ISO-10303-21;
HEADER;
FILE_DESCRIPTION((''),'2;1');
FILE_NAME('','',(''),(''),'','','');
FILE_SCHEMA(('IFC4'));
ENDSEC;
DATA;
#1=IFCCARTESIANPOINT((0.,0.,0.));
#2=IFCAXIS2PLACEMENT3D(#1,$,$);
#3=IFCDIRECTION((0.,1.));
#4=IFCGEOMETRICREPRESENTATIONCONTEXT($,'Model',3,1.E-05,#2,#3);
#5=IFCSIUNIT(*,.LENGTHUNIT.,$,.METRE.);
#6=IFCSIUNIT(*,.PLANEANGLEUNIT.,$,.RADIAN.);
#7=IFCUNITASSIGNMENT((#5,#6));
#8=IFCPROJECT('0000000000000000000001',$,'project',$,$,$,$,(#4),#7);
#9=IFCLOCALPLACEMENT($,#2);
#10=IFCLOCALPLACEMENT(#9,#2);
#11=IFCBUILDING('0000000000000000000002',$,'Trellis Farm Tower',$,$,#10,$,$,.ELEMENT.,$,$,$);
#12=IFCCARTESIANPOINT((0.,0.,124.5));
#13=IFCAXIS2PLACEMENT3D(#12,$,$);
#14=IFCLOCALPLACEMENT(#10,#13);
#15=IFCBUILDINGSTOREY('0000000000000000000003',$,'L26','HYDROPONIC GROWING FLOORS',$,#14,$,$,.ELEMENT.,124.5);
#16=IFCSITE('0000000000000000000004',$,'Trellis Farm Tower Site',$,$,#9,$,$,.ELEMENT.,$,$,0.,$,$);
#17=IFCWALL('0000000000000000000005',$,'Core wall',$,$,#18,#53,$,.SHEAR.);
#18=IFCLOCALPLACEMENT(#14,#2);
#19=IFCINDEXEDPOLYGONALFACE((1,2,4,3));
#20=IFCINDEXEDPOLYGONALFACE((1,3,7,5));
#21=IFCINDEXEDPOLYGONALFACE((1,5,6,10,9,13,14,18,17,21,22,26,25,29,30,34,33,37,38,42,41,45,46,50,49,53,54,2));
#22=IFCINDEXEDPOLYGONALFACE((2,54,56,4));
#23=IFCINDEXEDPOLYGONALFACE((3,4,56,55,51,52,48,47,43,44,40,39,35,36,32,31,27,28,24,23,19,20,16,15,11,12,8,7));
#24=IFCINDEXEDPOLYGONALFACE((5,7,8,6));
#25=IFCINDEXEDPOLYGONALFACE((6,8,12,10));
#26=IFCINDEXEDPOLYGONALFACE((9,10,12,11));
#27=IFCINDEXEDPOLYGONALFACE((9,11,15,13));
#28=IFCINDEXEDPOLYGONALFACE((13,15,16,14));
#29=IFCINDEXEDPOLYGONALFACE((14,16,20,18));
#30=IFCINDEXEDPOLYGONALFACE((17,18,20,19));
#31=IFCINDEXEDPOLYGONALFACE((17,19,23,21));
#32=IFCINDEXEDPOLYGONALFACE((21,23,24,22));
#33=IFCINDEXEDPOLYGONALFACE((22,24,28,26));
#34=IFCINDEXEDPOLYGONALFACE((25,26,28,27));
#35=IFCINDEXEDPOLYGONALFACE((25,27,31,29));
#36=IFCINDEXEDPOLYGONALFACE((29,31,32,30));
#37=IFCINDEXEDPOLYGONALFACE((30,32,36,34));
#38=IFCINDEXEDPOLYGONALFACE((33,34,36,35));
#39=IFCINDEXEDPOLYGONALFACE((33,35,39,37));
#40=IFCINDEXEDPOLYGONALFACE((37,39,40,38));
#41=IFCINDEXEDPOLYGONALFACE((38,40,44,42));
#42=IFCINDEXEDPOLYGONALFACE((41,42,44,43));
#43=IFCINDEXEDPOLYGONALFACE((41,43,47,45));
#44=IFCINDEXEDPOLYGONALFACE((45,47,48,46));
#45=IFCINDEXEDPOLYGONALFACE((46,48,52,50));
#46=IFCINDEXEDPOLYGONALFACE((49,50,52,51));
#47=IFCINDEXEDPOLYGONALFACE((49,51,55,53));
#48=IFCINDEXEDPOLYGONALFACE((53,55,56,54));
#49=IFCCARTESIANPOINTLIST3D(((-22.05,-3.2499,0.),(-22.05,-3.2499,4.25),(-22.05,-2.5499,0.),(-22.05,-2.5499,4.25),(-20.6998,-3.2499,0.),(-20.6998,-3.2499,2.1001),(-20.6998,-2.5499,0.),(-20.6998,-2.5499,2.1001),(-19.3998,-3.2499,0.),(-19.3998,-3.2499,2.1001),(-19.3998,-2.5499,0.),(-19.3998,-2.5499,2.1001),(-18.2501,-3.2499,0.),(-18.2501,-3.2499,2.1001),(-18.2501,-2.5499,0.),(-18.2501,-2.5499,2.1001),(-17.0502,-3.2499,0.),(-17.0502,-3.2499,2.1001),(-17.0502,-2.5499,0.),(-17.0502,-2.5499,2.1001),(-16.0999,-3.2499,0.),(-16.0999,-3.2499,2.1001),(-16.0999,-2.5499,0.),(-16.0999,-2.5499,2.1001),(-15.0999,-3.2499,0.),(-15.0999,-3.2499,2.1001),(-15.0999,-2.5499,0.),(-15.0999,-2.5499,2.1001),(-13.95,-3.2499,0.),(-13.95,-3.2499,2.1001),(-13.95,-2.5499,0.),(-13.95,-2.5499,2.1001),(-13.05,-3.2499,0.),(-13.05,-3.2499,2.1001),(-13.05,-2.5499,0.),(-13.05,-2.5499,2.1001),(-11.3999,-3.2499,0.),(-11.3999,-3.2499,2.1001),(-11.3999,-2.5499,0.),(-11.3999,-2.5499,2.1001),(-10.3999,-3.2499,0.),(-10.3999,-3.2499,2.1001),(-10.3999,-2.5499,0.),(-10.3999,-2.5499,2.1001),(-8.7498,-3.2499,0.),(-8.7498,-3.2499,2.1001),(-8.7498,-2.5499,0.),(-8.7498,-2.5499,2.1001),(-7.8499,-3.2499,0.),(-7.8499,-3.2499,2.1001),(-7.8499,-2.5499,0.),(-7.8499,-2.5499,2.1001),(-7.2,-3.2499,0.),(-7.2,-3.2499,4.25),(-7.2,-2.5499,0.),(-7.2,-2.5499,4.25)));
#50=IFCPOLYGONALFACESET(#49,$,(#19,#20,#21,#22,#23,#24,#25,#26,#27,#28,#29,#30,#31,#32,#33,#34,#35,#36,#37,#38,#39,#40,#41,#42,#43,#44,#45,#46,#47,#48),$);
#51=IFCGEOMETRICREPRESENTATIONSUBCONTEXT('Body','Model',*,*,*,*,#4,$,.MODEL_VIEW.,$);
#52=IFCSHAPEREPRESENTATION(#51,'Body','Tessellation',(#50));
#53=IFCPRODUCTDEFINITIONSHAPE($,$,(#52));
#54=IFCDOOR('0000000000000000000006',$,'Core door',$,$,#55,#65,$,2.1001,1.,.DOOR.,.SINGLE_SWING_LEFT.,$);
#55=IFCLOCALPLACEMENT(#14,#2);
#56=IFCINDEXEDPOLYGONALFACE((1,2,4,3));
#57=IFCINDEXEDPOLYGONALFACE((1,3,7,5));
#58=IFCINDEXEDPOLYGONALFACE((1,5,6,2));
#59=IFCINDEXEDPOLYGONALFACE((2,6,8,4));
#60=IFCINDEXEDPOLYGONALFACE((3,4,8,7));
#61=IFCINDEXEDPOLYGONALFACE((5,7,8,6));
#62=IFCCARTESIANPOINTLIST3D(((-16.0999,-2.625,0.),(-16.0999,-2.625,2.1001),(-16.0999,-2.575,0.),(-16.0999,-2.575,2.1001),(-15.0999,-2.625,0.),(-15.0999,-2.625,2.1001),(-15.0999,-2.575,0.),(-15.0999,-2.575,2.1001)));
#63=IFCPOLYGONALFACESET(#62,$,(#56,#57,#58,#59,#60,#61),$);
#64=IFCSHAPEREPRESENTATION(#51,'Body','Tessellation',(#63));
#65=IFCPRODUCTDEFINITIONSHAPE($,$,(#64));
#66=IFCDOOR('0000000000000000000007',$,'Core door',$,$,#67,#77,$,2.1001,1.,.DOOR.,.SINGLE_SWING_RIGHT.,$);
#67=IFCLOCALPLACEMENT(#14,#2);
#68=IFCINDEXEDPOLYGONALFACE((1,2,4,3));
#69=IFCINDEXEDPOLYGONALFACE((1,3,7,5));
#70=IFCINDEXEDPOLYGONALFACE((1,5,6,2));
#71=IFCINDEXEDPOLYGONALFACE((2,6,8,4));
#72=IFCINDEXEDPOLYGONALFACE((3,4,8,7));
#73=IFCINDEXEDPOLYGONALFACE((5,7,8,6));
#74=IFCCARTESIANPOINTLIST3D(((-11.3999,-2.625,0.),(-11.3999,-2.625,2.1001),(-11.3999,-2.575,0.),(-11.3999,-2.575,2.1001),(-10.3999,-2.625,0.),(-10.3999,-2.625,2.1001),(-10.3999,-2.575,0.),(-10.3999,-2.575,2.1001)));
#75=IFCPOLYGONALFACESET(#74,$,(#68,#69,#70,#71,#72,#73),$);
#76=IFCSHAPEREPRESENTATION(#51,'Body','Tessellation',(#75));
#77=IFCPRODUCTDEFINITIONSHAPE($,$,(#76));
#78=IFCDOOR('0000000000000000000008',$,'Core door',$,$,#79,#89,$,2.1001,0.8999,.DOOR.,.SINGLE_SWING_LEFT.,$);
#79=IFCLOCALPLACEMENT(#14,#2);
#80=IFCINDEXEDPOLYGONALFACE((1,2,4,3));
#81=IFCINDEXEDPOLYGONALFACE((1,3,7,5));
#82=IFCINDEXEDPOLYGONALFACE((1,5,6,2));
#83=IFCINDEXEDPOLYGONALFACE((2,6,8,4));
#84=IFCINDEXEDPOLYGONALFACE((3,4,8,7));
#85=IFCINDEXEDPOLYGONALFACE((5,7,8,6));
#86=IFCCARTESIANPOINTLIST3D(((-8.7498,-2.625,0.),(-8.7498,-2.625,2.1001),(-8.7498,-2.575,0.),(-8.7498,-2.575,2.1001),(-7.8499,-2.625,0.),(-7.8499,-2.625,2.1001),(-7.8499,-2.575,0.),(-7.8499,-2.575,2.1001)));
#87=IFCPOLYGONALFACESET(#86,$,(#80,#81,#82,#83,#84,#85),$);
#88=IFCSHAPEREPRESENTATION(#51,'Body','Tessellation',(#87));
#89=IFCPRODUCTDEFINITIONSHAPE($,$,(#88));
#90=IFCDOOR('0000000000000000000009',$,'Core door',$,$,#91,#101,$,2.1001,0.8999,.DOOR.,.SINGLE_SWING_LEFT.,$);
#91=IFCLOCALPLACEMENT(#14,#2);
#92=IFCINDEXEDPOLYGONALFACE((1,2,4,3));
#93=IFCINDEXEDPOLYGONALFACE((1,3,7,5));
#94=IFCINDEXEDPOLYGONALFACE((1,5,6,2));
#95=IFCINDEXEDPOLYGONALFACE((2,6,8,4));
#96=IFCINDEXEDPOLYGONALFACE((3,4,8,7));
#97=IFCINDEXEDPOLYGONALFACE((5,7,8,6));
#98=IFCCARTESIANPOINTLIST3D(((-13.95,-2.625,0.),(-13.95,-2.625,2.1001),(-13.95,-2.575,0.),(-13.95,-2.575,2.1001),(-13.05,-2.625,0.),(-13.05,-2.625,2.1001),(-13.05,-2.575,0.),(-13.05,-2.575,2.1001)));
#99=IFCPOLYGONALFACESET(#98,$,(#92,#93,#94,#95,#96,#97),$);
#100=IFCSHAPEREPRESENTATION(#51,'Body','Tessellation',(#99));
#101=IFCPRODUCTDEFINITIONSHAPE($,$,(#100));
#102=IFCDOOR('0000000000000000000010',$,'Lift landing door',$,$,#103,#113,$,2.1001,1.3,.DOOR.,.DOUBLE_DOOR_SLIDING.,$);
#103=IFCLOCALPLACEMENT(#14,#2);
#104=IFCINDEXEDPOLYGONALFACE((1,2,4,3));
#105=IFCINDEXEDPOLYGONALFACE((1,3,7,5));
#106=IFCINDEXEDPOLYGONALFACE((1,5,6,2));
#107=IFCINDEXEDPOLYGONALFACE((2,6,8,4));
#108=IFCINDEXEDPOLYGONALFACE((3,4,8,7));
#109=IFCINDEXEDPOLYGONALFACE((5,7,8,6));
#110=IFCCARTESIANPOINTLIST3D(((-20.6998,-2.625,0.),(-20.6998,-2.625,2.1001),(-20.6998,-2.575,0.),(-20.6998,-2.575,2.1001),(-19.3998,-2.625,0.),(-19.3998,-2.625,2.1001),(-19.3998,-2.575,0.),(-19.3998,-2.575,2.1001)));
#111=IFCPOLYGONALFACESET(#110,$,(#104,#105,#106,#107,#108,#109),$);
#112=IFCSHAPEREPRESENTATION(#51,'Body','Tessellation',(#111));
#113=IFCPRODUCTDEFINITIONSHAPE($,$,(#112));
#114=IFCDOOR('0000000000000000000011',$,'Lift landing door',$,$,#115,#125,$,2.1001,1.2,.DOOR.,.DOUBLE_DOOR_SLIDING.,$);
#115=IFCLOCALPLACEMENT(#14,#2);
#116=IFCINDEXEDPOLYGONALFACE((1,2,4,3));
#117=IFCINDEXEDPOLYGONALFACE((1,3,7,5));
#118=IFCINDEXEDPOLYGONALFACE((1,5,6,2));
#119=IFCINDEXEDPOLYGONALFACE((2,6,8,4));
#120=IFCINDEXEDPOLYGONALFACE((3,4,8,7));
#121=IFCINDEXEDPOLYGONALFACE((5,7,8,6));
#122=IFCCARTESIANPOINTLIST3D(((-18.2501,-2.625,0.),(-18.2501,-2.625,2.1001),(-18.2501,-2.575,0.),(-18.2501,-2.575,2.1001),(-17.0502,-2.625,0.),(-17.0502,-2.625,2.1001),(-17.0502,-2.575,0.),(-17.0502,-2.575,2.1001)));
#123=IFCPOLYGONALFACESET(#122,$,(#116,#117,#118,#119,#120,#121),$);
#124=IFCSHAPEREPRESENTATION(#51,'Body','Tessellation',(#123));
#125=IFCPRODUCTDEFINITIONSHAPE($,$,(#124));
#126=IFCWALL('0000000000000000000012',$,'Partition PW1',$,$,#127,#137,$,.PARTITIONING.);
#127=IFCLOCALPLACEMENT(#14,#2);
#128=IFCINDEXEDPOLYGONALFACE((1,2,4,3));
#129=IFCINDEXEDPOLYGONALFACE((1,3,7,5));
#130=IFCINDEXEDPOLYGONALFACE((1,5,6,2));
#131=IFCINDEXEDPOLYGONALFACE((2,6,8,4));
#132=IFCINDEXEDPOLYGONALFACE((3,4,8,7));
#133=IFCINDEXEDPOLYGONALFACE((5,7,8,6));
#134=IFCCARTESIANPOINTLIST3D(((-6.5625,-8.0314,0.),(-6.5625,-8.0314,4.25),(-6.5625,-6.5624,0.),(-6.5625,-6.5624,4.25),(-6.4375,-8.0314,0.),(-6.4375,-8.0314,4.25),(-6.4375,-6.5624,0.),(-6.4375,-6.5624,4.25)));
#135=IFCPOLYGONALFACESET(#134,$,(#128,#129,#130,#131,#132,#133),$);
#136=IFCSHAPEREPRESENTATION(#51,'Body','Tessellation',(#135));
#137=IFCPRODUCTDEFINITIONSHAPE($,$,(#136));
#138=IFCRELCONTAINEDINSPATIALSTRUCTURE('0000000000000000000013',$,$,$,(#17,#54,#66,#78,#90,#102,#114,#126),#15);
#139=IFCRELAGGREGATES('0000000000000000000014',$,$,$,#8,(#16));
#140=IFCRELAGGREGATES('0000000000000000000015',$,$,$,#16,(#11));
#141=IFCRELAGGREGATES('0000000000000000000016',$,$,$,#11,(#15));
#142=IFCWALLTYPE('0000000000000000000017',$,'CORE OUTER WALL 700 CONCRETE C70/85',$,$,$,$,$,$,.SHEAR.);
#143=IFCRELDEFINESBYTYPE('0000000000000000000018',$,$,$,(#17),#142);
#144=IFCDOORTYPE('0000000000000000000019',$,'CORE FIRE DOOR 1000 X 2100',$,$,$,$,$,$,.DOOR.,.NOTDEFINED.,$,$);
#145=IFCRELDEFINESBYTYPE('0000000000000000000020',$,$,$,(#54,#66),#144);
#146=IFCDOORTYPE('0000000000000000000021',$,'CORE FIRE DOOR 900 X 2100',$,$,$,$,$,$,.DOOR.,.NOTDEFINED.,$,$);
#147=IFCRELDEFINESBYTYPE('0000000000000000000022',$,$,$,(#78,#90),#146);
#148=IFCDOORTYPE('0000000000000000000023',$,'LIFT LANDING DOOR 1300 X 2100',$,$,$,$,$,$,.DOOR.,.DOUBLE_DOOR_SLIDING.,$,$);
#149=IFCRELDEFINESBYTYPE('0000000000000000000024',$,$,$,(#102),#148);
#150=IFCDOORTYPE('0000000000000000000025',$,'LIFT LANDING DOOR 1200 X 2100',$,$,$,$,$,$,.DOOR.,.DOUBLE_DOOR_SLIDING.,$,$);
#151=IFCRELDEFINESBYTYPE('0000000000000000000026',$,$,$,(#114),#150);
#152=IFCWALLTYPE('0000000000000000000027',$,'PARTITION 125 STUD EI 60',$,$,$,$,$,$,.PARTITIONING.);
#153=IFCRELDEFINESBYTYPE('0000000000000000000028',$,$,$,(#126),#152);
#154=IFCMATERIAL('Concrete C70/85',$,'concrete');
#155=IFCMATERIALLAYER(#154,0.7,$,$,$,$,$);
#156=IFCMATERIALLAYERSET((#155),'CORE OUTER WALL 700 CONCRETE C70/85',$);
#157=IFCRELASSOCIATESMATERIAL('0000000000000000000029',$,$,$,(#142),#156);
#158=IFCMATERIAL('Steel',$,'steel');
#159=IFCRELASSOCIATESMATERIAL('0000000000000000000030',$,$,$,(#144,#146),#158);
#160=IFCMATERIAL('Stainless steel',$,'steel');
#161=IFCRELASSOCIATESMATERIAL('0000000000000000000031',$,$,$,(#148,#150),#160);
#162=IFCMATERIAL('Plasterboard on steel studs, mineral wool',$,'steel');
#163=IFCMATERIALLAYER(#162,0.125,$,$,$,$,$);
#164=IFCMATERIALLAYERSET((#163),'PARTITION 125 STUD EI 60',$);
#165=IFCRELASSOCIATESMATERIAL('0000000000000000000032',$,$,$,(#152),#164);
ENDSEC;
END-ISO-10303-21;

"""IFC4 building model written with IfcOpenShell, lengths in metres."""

from ifc_helpers import new_model, si_unit, direction, frame, frame_2d, origin, place, context, subcontext, project, spatial, rectangle, extrude, source, transform, mapped, material, layer, layer_set, type_object, element, fill, save


model = new_model("IFC4")

# Units and contexts
model_context = context("Model", 3, precision=1e-05, world=origin(), true_north=direction((0.0, 1.0)))
body_context = subcontext(model_context, "Body", "Model", "MODEL_VIEW")
ifc_project = project(units=[si_unit("LENGTHUNIT", "METRE"), si_unit("PLANEANGLEUNIT", "RADIAN")], contexts=[model_context])

# Site, building, storey
site_placement = place(None, origin())
site = spatial("IfcSite", under=ifc_project, at=site_placement, Name="Trellis Farm Tower Site", CompositionType="ELEMENT", RefElevation=0.0)
building_placement = place(site_placement, origin())
building = spatial("IfcBuilding", under=site, at=building_placement, Name="Trellis Farm Tower", CompositionType="ELEMENT")
storey_placement = place(building_placement, frame((0.0, 0.0, 124.5)))
storey = spatial("IfcBuildingStorey", under=building, at=storey_placement, Name="L26", Description="HYDROPONIC GROWING FLOORS", CompositionType="ELEMENT", Elevation=124.5)

# Shared definitions
ifc_material_1 = material(Name="Concrete C70/85", Category="concrete")

# Wall, openings, doors
ifc_layer_1 = layer(ifc_material_1, 0.7)
ifc_layer_set_1 = layer_set([ifc_layer_1], Name="CORE OUTER WALL 700 CONCRETE C70/85")
wall_type_1 = type_object("IfcWallType", Name="CORE OUTER WALL 700 CONCRETE C70/85", PredefinedType="SHEAR", material=ifc_layer_set_1)
shared_shape_1 = source(origin(), body_context, "Body", "SweptSolid", [
    extrude(rectangle(XDim=14.8501, YDim=0.7, at=frame_2d((7.425, 0.0))), origin(), (0.0, 0.0, 1.0), 4.25),
])
wall_1_placement = place(storey_placement, frame((-7.2, -2.8999, 0.0), z_axis=(0.0, 0.0, 1.0), x_axis=(-1.0, 0.0, 0.0)))
wall_1 = element("IfcWall", 1, at=wall_1_placement, inside=storey, type_object=wall_type_1, Name="Core wall", PredefinedType="SHEAR", context=body_context, shape_type="MappedRepresentation", body=[
    mapped(shared_shape_1, transform((0.0, 0.0, 0.0))),
])
shared_shape_2 = source(origin(), body_context, "Body", "SweptSolid", [
    extrude(rectangle(XDim=1.3, YDim=2.1001, at=frame_2d((0.6499, 1.05))), frame((0.0, 0.3601, 0.0), z_axis=(0.0, -1.0, 0.0), x_axis=(1.0, 0.0, 0.0)), (0.0, 0.0, 1.0), 0.7202),
])
opening_1_placement = place(wall_1_placement, frame((12.2, 0.0, 0.0)))
opening_1 = element("IfcOpeningElement", 2, at=opening_1_placement, cuts=wall_1, PredefinedType="OPENING", context=body_context, shape_type="MappedRepresentation", body=[
    mapped(shared_shape_2, transform((0.0, 0.0, 0.0))),
])
shared_shape_3 = source(origin(), body_context, "Body", "SweptSolid", [
    extrude(rectangle(XDim=1.2, YDim=2.1001, at=frame_2d((0.6001, 1.05))), frame((0.0, 0.3601, 0.0), z_axis=(0.0, -1.0, 0.0), x_axis=(1.0, 0.0, 0.0)), (0.0, 0.0, 1.0), 0.7202),
])
opening_2_placement = place(wall_1_placement, frame((9.8501, 0.0, 0.0)))
opening_2 = element("IfcOpeningElement", 3, at=opening_2_placement, cuts=wall_1, PredefinedType="OPENING", context=body_context, shape_type="MappedRepresentation", body=[
    mapped(shared_shape_3, transform((0.0, 0.0, 0.0))),
])
shared_shape_4 = source(origin(), body_context, "Body", "SweptSolid", [
    extrude(rectangle(XDim=1.0, YDim=2.1001, at=frame_2d((0.5, 1.05))), frame((0.0, 0.3601, 0.0), z_axis=(0.0, -1.0, 0.0), x_axis=(1.0, 0.0, 0.0)), (0.0, 0.0, 1.0), 0.7202),
])
opening_3_placement = place(wall_1_placement, frame((7.8999, 0.0, 0.0)))
opening_3 = element("IfcOpeningElement", 4, at=opening_3_placement, cuts=wall_1, PredefinedType="OPENING", context=body_context, shape_type="MappedRepresentation", body=[
    mapped(shared_shape_4, transform((0.0, 0.0, 0.0))),
])
shared_shape_5 = source(origin(), body_context, "Body", "SweptSolid", [
    extrude(rectangle(XDim=0.8999, YDim=2.1001, at=frame_2d((0.45, 1.05))), frame((0.0, 0.3601, 0.0), z_axis=(0.0, -1.0, 0.0), x_axis=(1.0, 0.0, 0.0)), (0.0, 0.0, 1.0), 0.7202),
])
opening_4_placement = place(wall_1_placement, frame((0.6499, 0.0, 0.0)))
opening_4 = element("IfcOpeningElement", 5, at=opening_4_placement, cuts=wall_1, PredefinedType="OPENING", context=body_context, shape_type="MappedRepresentation", body=[
    mapped(shared_shape_5, transform((0.0, 0.0, 0.0))),
])
opening_5_placement = place(wall_1_placement, frame((3.2, 0.0, 0.0)))
opening_5 = element("IfcOpeningElement", 6, at=opening_5_placement, cuts=wall_1, PredefinedType="OPENING", context=body_context, shape_type="MappedRepresentation", body=[
    mapped(shared_shape_4, transform((0.0, 0.0, 0.0))),
])
opening_6_placement = place(wall_1_placement, frame((5.8501, 0.0, 0.0)))
opening_6 = element("IfcOpeningElement", 7, at=opening_6_placement, cuts=wall_1, PredefinedType="OPENING", context=body_context, shape_type="MappedRepresentation", body=[
    mapped(shared_shape_5, transform((0.0, 0.0, 0.0))),
])
ifc_material_2 = material(Name="Steel", Category="steel")
door_type_1 = type_object("IfcDoorType", Name="CORE FIRE DOOR 1000 X 2100", OperationType="NOTDEFINED", PredefinedType="DOOR", material=ifc_material_2)
shared_shape_6 = source(origin(), body_context, "Body", "SweptSolid", [
    extrude(rectangle(XDim=1.0, YDim=2.1001, at=frame_2d((0.5, 1.05))), frame((0.0, -0.2749, 0.0), z_axis=(0.0, -1.0, 0.0), x_axis=(1.0, 0.0, 0.0)), (0.0, 0.0, 1.0), 0.05),
])
door_1_placement = place(opening_3_placement, origin())
door_1 = element("IfcDoor", 8, at=door_1_placement, inside=storey, type_object=door_type_1, Name="Core door", OperationType="SINGLE_SWING_LEFT", OverallHeight=2.1001, OverallWidth=1.0, PredefinedType="DOOR", context=body_context, shape_type="MappedRepresentation", body=[
    mapped(shared_shape_6, transform((0.0, 0.0, 0.0))),
])
fill(opening_3, door_1)
door_2_placement = place(opening_5_placement, origin())
door_2 = element("IfcDoor", 9, at=door_2_placement, inside=storey, type_object=door_type_1, Name="Core door", OperationType="SINGLE_SWING_RIGHT", OverallHeight=2.1001, OverallWidth=1.0, PredefinedType="DOOR", context=body_context, shape_type="MappedRepresentation", body=[
    mapped(shared_shape_6, transform((0.0, 0.0, 0.0))),
])
fill(opening_5, door_2)
door_type_2 = type_object("IfcDoorType", Name="CORE FIRE DOOR 900 X 2100", OperationType="NOTDEFINED", PredefinedType="DOOR", material=ifc_material_2)
shared_shape_7 = source(origin(), body_context, "Body", "SweptSolid", [
    extrude(rectangle(XDim=0.8999, YDim=2.1001, at=frame_2d((0.45, 1.05))), frame((0.0, -0.2749, 0.0), z_axis=(0.0, -1.0, 0.0), x_axis=(1.0, 0.0, 0.0)), (0.0, 0.0, 1.0), 0.05),
])
door_3_placement = place(opening_4_placement, origin())
door_3 = element("IfcDoor", 10, at=door_3_placement, inside=storey, type_object=door_type_2, Name="Core door", OperationType="SINGLE_SWING_LEFT", OverallHeight=2.1001, OverallWidth=0.8999, PredefinedType="DOOR", context=body_context, shape_type="MappedRepresentation", body=[
    mapped(shared_shape_7, transform((0.0, 0.0, 0.0))),
])
fill(opening_4, door_3)
door_4_placement = place(opening_6_placement, origin())
door_4 = element("IfcDoor", 11, at=door_4_placement, inside=storey, type_object=door_type_2, Name="Core door", OperationType="SINGLE_SWING_LEFT", OverallHeight=2.1001, OverallWidth=0.8999, PredefinedType="DOOR", context=body_context, shape_type="MappedRepresentation", body=[
    mapped(shared_shape_7, transform((0.0, 0.0, 0.0))),
])
fill(opening_6, door_4)
ifc_material_3 = material(Name="Stainless steel", Category="steel")
door_type_3 = type_object("IfcDoorType", Name="LIFT LANDING DOOR 1300 X 2100", OperationType="DOUBLE_DOOR_SLIDING", PredefinedType="DOOR", material=ifc_material_3)
shared_shape_8 = source(origin(), body_context, "Body", "SweptSolid", [
    extrude(rectangle(XDim=1.3, YDim=2.1001, at=frame_2d((0.6499, 1.05))), frame((0.0, -0.2749, 0.0), z_axis=(0.0, -1.0, 0.0), x_axis=(1.0, 0.0, 0.0)), (0.0, 0.0, 1.0), 0.05),
])
door_5_placement = place(opening_1_placement, origin())
door_5 = element("IfcDoor", 12, at=door_5_placement, inside=storey, type_object=door_type_3, Name="Lift landing door", OperationType="DOUBLE_DOOR_SLIDING", OverallHeight=2.1001, OverallWidth=1.3, PredefinedType="DOOR", context=body_context, shape_type="MappedRepresentation", body=[
    mapped(shared_shape_8, transform((0.0, 0.0, 0.0))),
])
fill(opening_1, door_5)
door_type_4 = type_object("IfcDoorType", Name="LIFT LANDING DOOR 1200 X 2100", OperationType="DOUBLE_DOOR_SLIDING", PredefinedType="DOOR", material=ifc_material_3)
shared_shape_9 = source(origin(), body_context, "Body", "SweptSolid", [
    extrude(rectangle(XDim=1.2, YDim=2.1001, at=frame_2d((0.6001, 1.05))), frame((0.0, -0.2749, 0.0), z_axis=(0.0, -1.0, 0.0), x_axis=(1.0, 0.0, 0.0)), (0.0, 0.0, 1.0), 0.05),
])
door_6_placement = place(opening_2_placement, origin())
door_6 = element("IfcDoor", 13, at=door_6_placement, inside=storey, type_object=door_type_4, Name="Lift landing door", OperationType="DOUBLE_DOOR_SLIDING", OverallHeight=2.1001, OverallWidth=1.2, PredefinedType="DOOR", context=body_context, shape_type="MappedRepresentation", body=[
    mapped(shared_shape_9, transform((0.0, 0.0, 0.0))),
])
fill(opening_2, door_6)

# Wall
ifc_material_4 = material(Name="Plasterboard on steel studs, mineral wool", Category="steel")
ifc_layer_2 = layer(ifc_material_4, 0.125)
ifc_layer_set_2 = layer_set([ifc_layer_2], Name="PARTITION 125 STUD EI 60")
wall_type_2 = type_object("IfcWallType", Name="PARTITION 125 STUD EI 60", PredefinedType="PARTITIONING", material=ifc_layer_set_2)
shared_shape_10 = source(origin(), body_context, "Body", "SweptSolid", [
    extrude(rectangle(XDim=1.469, YDim=0.125, at=frame_2d((0.7344, 0.0))), origin(), (0.0, 0.0, 1.0), 4.25),
])
wall_2_placement = place(storey_placement, frame((-6.5, -6.5625, 0.0), z_axis=(0.0, 0.0, 1.0), x_axis=(0.0, -1.0, 0.0)))
element("IfcWall", 14, at=wall_2_placement, inside=storey, type_object=wall_type_2, Name="Partition PW1", PredefinedType="PARTITIONING", context=body_context, shape_type="MappedRepresentation", body=[
    mapped(shared_shape_10, transform((0.0, 0.0, 0.0))),
])

save(model, "model.ifc")
